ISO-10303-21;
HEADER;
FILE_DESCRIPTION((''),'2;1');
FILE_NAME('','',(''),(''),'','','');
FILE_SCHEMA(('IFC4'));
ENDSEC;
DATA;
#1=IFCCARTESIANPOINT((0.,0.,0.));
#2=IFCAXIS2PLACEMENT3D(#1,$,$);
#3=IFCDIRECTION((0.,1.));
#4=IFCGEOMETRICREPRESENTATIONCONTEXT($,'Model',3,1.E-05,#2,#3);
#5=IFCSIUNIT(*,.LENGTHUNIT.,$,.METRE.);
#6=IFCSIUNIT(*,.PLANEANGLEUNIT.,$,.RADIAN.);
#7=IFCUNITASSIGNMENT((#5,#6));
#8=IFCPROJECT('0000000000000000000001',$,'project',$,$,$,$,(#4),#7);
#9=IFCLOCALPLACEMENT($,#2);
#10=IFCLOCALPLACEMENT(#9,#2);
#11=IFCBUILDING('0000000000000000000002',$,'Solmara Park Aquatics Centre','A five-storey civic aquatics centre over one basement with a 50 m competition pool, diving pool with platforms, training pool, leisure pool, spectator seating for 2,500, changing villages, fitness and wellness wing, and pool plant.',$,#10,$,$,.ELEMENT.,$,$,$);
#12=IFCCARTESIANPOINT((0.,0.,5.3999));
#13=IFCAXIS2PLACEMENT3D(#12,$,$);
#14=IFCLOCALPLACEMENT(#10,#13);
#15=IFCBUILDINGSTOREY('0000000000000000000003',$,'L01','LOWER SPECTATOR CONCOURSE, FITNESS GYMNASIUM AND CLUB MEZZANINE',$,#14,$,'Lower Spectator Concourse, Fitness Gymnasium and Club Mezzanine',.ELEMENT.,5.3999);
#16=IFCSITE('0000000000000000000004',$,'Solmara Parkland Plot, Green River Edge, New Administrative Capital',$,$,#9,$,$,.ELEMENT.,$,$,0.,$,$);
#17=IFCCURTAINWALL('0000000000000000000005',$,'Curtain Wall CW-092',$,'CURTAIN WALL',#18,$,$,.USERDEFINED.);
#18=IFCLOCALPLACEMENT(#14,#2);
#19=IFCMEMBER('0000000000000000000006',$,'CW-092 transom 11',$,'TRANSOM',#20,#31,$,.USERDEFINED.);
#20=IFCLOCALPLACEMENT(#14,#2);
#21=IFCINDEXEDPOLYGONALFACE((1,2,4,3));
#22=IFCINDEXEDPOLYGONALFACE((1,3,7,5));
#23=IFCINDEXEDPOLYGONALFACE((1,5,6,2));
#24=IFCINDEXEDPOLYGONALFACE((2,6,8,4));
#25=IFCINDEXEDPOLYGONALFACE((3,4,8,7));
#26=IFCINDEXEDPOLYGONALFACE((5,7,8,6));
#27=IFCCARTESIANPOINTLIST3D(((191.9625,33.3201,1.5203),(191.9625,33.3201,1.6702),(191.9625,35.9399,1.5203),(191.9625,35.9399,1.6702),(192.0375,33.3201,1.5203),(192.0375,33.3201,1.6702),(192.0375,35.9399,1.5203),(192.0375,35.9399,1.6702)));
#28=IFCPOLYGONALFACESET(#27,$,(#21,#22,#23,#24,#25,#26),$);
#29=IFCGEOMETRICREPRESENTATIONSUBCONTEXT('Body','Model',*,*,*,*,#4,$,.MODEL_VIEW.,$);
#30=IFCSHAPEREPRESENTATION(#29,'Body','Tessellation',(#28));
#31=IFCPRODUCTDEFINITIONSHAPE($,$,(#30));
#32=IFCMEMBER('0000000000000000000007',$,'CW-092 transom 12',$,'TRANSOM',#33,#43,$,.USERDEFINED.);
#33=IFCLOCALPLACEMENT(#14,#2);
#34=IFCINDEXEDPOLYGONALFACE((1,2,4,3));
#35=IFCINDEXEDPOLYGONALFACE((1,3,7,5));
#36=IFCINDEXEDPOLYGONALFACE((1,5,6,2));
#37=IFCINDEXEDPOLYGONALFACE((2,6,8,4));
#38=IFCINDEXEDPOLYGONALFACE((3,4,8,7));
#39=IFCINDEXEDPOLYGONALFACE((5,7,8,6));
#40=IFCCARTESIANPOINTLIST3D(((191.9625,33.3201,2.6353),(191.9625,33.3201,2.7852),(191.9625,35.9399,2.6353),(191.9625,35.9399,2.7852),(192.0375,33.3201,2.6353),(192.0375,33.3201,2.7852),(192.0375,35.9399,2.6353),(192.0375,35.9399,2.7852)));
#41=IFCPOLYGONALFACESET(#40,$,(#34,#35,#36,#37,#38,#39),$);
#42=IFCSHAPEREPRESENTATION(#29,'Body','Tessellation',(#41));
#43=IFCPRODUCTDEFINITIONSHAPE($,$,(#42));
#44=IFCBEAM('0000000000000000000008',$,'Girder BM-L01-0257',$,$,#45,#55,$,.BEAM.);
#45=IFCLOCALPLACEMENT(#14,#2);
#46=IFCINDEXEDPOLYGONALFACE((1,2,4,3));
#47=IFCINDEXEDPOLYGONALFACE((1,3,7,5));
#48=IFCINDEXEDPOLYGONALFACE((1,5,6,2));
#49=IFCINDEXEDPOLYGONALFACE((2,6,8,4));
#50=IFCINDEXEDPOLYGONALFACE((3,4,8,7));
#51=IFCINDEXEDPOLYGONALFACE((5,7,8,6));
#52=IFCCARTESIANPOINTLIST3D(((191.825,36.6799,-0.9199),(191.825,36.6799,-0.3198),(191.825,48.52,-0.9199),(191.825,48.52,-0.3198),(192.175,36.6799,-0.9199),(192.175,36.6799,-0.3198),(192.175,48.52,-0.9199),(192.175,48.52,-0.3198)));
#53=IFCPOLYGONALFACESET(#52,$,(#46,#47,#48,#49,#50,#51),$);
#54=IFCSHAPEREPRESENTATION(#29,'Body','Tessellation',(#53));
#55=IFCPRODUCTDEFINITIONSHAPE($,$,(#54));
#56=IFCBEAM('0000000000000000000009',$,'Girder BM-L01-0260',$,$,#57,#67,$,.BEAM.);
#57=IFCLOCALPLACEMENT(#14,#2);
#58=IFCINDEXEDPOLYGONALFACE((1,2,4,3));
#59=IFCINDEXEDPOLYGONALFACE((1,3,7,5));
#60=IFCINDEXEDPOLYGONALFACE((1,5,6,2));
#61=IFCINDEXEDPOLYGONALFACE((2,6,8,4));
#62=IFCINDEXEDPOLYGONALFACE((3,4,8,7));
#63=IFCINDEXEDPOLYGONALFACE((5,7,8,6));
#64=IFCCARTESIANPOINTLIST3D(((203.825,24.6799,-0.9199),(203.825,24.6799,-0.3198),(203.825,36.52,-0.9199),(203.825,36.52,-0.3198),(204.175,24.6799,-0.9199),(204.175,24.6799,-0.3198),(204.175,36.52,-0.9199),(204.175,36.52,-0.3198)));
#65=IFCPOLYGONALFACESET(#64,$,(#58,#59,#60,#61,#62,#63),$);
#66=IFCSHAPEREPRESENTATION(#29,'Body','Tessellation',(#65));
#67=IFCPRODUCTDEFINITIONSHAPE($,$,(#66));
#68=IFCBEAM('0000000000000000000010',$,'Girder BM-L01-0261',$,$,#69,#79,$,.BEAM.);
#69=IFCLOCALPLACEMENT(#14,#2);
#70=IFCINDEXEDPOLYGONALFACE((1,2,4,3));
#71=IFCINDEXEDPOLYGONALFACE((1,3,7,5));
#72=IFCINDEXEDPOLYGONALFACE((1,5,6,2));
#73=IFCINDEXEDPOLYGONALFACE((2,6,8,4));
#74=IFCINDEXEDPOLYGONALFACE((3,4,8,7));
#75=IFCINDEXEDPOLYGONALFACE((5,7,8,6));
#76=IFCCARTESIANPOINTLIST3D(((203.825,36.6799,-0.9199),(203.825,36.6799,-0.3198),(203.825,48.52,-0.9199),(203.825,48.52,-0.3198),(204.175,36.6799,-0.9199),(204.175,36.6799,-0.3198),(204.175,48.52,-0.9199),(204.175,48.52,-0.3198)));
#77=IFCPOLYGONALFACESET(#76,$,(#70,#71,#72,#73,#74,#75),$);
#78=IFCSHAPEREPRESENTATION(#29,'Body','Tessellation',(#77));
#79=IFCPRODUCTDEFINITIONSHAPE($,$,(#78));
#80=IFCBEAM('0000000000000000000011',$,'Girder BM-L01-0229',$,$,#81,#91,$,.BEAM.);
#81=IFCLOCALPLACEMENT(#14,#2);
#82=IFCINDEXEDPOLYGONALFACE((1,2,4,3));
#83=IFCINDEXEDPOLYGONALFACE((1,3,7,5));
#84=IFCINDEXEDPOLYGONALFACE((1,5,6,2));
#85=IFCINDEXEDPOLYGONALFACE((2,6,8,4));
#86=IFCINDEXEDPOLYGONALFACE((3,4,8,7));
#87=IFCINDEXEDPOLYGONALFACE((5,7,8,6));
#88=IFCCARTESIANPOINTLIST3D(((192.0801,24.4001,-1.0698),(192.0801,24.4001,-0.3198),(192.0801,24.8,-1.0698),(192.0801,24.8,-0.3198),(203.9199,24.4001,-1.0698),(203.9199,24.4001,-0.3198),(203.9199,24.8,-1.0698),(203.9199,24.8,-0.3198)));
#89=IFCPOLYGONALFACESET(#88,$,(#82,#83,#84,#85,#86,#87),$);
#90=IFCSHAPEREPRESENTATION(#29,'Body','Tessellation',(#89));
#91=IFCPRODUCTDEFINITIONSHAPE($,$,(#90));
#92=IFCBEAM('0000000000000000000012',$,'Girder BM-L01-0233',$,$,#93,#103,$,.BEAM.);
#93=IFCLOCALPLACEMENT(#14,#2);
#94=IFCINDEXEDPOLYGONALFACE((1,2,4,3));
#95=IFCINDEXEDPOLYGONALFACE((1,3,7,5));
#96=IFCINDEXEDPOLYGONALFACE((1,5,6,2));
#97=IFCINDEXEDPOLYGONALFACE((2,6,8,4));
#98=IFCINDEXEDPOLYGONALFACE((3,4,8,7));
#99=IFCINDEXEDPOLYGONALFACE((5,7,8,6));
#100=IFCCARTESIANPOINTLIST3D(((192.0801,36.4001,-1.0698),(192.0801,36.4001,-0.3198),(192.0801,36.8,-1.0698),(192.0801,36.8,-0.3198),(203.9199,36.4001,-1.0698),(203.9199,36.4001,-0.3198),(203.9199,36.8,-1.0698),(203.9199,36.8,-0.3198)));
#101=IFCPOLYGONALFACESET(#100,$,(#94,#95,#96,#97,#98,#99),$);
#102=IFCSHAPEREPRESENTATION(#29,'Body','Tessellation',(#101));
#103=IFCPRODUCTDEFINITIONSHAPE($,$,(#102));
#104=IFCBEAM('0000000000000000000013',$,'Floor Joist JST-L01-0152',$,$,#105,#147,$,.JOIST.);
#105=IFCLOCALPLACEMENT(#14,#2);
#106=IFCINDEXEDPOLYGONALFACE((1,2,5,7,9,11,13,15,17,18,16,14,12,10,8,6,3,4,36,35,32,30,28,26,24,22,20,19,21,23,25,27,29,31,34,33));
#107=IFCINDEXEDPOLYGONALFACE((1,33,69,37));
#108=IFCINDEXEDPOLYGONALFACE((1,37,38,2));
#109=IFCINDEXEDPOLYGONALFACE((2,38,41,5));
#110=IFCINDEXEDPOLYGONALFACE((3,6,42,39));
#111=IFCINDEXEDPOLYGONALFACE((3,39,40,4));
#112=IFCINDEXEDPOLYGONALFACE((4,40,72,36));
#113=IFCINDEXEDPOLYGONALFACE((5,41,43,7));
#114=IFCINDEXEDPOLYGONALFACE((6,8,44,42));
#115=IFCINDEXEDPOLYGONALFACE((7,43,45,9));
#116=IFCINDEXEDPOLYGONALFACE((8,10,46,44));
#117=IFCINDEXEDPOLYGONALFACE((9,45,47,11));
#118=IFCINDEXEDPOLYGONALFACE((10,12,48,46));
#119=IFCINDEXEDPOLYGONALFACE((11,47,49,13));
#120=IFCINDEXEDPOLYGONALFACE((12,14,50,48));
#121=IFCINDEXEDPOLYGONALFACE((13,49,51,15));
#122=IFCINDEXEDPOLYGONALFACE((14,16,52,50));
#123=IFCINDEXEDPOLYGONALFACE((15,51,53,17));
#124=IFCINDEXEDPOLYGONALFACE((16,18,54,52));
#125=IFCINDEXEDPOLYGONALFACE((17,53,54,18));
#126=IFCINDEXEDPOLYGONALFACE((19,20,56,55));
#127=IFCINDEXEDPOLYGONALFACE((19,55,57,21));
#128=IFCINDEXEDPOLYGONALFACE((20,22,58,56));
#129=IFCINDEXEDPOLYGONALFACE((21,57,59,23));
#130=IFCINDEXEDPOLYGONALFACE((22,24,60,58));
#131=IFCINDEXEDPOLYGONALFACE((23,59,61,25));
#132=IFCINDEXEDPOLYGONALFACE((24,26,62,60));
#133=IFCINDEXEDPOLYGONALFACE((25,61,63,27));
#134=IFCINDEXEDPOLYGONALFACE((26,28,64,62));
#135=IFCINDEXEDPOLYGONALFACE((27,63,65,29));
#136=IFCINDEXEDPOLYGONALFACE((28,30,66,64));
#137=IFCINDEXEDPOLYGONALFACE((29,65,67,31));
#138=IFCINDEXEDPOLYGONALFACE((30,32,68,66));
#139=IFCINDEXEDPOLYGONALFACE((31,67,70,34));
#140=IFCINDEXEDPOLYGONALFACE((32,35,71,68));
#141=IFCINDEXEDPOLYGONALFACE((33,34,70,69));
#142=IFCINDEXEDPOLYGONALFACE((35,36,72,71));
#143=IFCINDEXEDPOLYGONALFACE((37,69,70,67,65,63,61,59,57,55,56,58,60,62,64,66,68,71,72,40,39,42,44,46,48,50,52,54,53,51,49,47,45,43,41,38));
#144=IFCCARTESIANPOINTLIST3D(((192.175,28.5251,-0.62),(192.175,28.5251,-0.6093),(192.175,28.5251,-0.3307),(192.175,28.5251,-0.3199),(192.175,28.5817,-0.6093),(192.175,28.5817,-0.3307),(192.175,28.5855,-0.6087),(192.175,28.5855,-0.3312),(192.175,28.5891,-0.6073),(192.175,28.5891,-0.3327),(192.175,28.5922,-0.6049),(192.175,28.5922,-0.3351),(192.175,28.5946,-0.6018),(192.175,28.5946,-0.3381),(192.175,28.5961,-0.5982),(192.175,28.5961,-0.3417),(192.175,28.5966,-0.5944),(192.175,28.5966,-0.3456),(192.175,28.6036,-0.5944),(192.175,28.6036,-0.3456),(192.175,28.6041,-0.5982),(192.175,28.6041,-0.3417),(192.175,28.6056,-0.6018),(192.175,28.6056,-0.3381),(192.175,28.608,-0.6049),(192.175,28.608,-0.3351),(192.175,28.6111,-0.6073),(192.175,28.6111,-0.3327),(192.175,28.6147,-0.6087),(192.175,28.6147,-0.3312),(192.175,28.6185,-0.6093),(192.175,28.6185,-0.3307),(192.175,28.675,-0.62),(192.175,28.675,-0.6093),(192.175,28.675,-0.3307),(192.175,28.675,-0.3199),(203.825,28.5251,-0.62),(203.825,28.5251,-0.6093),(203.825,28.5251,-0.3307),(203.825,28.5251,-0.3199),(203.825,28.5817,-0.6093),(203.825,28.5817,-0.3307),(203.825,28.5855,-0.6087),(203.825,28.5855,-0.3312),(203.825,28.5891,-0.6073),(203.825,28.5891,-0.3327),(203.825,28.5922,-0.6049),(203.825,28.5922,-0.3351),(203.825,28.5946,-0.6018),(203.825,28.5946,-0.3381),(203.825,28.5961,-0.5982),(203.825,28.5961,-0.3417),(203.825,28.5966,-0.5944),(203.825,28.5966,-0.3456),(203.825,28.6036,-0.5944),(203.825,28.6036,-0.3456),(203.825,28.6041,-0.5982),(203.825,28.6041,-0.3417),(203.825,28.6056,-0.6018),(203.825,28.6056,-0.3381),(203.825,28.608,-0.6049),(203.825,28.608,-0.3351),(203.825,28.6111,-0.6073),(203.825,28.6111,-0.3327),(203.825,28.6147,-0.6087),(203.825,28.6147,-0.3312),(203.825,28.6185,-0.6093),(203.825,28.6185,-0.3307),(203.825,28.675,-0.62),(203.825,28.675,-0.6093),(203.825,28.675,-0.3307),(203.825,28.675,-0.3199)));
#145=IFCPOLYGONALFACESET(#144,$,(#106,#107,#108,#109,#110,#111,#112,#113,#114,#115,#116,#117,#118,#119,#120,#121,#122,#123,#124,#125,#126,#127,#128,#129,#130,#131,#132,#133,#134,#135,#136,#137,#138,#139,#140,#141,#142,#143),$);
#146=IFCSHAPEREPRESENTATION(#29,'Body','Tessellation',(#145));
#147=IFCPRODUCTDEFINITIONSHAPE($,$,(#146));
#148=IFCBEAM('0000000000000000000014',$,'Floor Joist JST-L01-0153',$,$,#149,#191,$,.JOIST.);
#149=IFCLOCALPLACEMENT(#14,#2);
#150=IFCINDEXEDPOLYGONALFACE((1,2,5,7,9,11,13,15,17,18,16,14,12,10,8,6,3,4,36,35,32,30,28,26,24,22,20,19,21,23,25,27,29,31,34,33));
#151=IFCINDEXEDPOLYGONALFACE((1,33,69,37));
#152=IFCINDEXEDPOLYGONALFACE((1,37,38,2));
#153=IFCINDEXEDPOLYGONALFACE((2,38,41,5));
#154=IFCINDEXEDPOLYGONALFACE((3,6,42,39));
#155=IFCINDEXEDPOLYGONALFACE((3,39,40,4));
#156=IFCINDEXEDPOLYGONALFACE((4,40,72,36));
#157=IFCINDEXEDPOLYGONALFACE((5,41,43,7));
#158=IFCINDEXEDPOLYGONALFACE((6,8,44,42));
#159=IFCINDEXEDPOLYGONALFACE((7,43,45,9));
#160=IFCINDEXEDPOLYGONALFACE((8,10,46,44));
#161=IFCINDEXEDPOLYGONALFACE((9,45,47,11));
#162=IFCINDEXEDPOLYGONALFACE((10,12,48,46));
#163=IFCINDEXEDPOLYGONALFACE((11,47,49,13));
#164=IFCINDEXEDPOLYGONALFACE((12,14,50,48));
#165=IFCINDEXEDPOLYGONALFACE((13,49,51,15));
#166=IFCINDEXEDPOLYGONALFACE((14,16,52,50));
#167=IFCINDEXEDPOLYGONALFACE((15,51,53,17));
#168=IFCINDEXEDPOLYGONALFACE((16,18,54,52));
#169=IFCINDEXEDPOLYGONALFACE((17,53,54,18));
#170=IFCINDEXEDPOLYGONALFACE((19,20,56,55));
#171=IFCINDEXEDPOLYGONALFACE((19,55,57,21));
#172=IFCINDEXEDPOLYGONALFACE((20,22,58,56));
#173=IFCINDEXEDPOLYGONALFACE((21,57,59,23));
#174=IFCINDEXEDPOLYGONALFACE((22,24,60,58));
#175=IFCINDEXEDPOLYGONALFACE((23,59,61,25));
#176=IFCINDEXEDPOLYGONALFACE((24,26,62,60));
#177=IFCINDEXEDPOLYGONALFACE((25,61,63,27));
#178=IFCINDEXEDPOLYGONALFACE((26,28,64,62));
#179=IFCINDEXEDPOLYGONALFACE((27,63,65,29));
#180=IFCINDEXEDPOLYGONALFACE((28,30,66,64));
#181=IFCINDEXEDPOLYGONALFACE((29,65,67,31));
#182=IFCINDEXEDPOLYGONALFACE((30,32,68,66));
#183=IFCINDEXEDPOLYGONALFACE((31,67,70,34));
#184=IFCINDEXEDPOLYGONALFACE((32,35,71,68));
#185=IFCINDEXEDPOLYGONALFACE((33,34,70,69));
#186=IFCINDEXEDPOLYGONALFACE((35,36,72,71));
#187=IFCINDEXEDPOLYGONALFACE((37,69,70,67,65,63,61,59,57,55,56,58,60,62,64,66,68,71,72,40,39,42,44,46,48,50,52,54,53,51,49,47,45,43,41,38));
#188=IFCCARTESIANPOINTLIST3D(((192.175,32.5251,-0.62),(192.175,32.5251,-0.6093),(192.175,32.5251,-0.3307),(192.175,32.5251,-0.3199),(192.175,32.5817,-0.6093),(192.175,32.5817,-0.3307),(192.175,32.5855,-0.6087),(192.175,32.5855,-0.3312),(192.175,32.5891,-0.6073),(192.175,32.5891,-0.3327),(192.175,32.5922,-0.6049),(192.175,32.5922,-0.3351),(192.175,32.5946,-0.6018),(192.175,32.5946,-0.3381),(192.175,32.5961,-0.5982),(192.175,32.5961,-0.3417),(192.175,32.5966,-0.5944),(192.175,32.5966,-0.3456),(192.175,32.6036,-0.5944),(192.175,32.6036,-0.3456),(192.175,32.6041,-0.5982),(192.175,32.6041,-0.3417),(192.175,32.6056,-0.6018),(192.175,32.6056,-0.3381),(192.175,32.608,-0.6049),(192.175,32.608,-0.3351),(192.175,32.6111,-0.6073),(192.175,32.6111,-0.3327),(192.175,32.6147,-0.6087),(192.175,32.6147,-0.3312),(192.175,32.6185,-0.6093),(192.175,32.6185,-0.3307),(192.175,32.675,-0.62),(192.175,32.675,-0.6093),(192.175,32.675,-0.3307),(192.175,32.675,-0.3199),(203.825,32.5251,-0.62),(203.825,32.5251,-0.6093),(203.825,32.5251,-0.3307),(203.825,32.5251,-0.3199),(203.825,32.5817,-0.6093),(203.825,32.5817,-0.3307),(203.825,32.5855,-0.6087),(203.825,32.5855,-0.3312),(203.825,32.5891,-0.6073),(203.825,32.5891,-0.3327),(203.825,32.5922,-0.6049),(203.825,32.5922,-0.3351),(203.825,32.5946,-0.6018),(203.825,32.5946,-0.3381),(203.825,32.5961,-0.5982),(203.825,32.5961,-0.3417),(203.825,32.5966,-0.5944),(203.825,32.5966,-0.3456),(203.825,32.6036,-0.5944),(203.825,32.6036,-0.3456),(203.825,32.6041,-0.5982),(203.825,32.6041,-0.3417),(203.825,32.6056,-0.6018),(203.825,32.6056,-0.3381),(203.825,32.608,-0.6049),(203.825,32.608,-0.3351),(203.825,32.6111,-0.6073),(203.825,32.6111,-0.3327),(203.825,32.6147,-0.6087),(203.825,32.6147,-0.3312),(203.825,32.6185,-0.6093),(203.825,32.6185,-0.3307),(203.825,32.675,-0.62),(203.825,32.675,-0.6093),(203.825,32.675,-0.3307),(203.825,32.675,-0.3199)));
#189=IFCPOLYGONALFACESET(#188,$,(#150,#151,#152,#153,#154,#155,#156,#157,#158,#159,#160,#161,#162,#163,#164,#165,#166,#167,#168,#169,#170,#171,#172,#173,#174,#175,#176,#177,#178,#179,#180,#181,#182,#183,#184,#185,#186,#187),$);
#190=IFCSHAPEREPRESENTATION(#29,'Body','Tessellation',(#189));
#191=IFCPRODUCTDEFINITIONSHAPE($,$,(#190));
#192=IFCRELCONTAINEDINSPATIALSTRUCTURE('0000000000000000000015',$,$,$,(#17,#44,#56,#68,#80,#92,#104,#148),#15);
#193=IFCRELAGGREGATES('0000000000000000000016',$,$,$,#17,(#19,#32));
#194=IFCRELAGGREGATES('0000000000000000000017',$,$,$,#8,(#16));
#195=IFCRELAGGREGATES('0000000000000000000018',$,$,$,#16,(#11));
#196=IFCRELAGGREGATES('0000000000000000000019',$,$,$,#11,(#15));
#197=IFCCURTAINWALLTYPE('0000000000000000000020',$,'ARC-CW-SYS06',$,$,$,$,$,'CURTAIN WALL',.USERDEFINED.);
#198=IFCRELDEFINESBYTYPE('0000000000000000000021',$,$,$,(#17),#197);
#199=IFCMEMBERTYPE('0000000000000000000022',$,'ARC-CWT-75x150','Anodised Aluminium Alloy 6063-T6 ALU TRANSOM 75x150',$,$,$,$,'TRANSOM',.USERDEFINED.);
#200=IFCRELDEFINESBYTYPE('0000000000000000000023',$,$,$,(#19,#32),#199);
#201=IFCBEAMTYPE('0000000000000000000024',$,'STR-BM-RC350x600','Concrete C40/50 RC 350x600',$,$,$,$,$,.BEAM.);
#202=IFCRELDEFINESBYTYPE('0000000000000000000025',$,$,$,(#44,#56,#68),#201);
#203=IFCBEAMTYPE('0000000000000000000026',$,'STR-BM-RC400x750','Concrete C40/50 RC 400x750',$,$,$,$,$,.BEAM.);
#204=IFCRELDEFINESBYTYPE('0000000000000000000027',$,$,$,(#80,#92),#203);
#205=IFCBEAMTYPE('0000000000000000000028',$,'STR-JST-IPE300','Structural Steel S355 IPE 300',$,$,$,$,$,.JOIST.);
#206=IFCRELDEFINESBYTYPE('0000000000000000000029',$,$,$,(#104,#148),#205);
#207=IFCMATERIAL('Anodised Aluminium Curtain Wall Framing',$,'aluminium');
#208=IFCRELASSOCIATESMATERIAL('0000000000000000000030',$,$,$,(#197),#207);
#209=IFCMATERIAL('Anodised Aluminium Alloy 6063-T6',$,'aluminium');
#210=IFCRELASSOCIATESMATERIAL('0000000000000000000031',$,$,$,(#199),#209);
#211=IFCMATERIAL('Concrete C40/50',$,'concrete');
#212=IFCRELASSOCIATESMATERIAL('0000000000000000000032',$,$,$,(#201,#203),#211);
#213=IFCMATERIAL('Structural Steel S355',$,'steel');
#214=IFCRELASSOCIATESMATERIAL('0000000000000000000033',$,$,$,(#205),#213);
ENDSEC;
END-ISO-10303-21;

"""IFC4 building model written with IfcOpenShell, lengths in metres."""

from ifc_helpers import new_model, si_unit, direction, frame, origin, origin_2d, place, context, subcontext, project, spatial, rectangle, i_section, extrude, material, material_profile, profile_set, type_object, element, aggregate, save


model = new_model("IFC4")

# Units and contexts
model_context = context("Model", 3, precision=1e-05, world=origin(), true_north=direction((0.0, 1.0)))
body_context = subcontext(model_context, "Body", "Model", "MODEL_VIEW")
ifc_project = project(units=[si_unit("LENGTHUNIT", "METRE"), si_unit("PLANEANGLEUNIT", "RADIAN")], contexts=[model_context])

# Site, building, storey
site_placement = place(None, origin())
site = spatial("IfcSite", under=ifc_project, at=site_placement, Name="Solmara Parkland Plot, Green River Edge, New Administrative Capital", CompositionType="ELEMENT", RefElevation=0.0)
building_placement = place(site_placement, origin())
building = spatial("IfcBuilding", under=site, at=building_placement, Name="Solmara Park Aquatics Centre", Description="A five-storey civic aquatics centre over one basement with a 50 m competition pool, diving pool with platforms, training pool, leisure pool, spectator seating for 2,500, changing villages, fitness and wellness wing, and pool plant.", CompositionType="ELEMENT")
storey_placement = place(building_placement, frame((0.0, 0.0, 5.3999)))
storey = spatial("IfcBuildingStorey", under=building, at=storey_placement, Name="L01", Description="LOWER SPECTATOR CONCOURSE, FITNESS GYMNASIUM AND CLUB MEZZANINE", LongName="Lower Spectator Concourse, Fitness Gymnasium and Club Mezzanine", CompositionType="ELEMENT", Elevation=5.3999)

# Shared definitions
ifc_material_1 = material(Name="Concrete C40/50", Category="concrete")

# Curtain wall, members
ifc_material_2 = material(Name="Anodised Aluminium Curtain Wall Framing", Category="aluminium")
curtain_wall_type = type_object("IfcCurtainWallType", Name="ARC-CW-SYS06", ElementType="CURTAIN WALL", PredefinedType="USERDEFINED", material=ifc_material_2)
curtain_wall_placement = place(storey_placement, origin())
curtain_wall = element("IfcCurtainWall", 1, at=curtain_wall_placement, inside=storey, type_object=curtain_wall_type, Name="Curtain Wall CW-092", ObjectType="CURTAIN WALL", PredefinedType="USERDEFINED")
ifc_material_3 = material(Name="Anodised Aluminium Alloy 6063-T6", Category="aluminium")
ifc_material_profile_1 = material_profile(ifc_material_3, rectangle(XDim=0.075, YDim=0.1499, at=origin_2d()), Name="ALU TRANSOM 75x150")
ifc_profile_set_1 = profile_set([ifc_material_profile_1], Name="Anodised Aluminium Alloy 6063-T6")
member_type_1 = type_object("IfcMemberType", Name="ARC-CWT-75x150", Description="Anodised Aluminium Alloy 6063-T6 ALU TRANSOM 75x150", ElementType="TRANSOM", PredefinedType="USERDEFINED", material=ifc_profile_set_1)
member_1_placement = place(storey_placement, frame((192.0, 33.3201, 1.5952), z_axis=(0.0, 1.0, 0.0), x_axis=(-1.0, 0.0, 0.0)))
member_1 = element("IfcMember", 2, at=member_1_placement, type_object=member_type_1, Name="CW-092 transom 11", ObjectType="TRANSOM", PredefinedType="USERDEFINED", context=body_context, shape_type="SweptSolid", body=[
    extrude(rectangle(XDim=0.075, YDim=0.1499, at=origin_2d()), origin(), (0.0, 0.0, 1.0), 2.6199),
])
member_2_placement = place(storey_placement, frame((192.0, 33.3201, 2.7102), z_axis=(0.0, 1.0, 0.0), x_axis=(-1.0, 0.0, 0.0)))
member_2 = element("IfcMember", 3, at=member_2_placement, type_object=member_type_1, Name="CW-092 transom 12", ObjectType="TRANSOM", PredefinedType="USERDEFINED", context=body_context, shape_type="SweptSolid", body=[
    extrude(rectangle(XDim=0.075, YDim=0.1499, at=origin_2d()), origin(), (0.0, 0.0, 1.0), 2.6199),
])

# Beams
ifc_material_profile_2 = material_profile(ifc_material_1, rectangle(XDim=0.3501, YDim=0.6001, at=origin_2d()), Name="RC 350x600")
ifc_profile_set_2 = profile_set([ifc_material_profile_2], Name="Concrete C40/50")
beam_type_1 = type_object("IfcBeamType", Name="STR-BM-RC350x600", Description="Concrete C40/50 RC 350x600", PredefinedType="BEAM", material=ifc_profile_set_2)
for number, where, z_axis, x_axis, name in (
    (4, (192.0, 36.6799, -0.6199), (0.0, 1.0, 0.0), (-1.0, 0.0, 0.0), "Girder BM-L01-0257"),
    (5, (204.0, 24.6799, -0.6199), (0.0, 1.0, 0.0), (-1.0, 0.0, 0.0), "Girder BM-L01-0260"),
    (6, (204.0, 36.6799, -0.6199), (0.0, 1.0, 0.0), (-1.0, 0.0, 0.0), "Girder BM-L01-0261"),
):
    element("IfcBeam", number, at=place(storey_placement, frame(where, z_axis=z_axis, x_axis=x_axis)), inside=storey, type_object=beam_type_1, Name=name, PredefinedType="BEAM", context=body_context, shape_type="SweptSolid", body=[
        extrude(rectangle(XDim=0.3501, YDim=0.6001, at=origin_2d()), origin(), (0.0, 0.0, 1.0), 11.8401),
    ])
ifc_material_profile_3 = material_profile(ifc_material_1, rectangle(XDim=0.3999, YDim=0.75, at=origin_2d()), Name="RC 400x750")
ifc_profile_set_3 = profile_set([ifc_material_profile_3], Name="Concrete C40/50")
beam_type_2 = type_object("IfcBeamType", Name="STR-BM-RC400x750", Description="Concrete C40/50 RC 400x750", PredefinedType="BEAM", material=ifc_profile_set_3)
for number, where, z_axis, x_axis, name in (
    (7, (192.0801, 24.6001, -0.6948), (1.0, 0.0, 0.0), (0.0, 1.0, 0.0), "Girder BM-L01-0229"),
    (8, (192.0801, 36.6001, -0.6948), (1.0, 0.0, 0.0), (0.0, 1.0, 0.0), "Girder BM-L01-0233"),
):
    element("IfcBeam", number, at=place(storey_placement, frame(where, z_axis=z_axis, x_axis=x_axis)), inside=storey, type_object=beam_type_2, Name=name, PredefinedType="BEAM", context=body_context, shape_type="SweptSolid", body=[
        extrude(rectangle(XDim=0.3999, YDim=0.75, at=origin_2d()), origin(), (0.0, 0.0, 1.0), 11.8398),
    ])
ifc_material_4 = material(Name="Structural Steel S355", Category="steel")
ifc_material_profile_4 = material_profile(ifc_material_4, i_section(OverallWidth=0.1499, OverallDepth=0.3, WebThickness=0.0071, FlangeThickness=0.0107, FilletRadius=0.0149, at=origin_2d()), Name="IPE 300")
ifc_profile_set_4 = profile_set([ifc_material_profile_4], Name="Structural Steel S355")
beam_type_3 = type_object("IfcBeamType", Name="STR-JST-IPE300", Description="Structural Steel S355 IPE 300", PredefinedType="JOIST", material=ifc_profile_set_4)
for number, where, z_axis, x_axis, name in (
    (9, (192.175, 28.6001, -0.47), (1.0, 0.0, 0.0), (0.0, 1.0, 0.0), "Floor Joist JST-L01-0152"),
    (10, (192.175, 32.6001, -0.47), (1.0, 0.0, 0.0), (0.0, 1.0, 0.0), "Floor Joist JST-L01-0153"),
):
    element("IfcBeam", number, at=place(storey_placement, frame(where, z_axis=z_axis, x_axis=x_axis)), inside=storey, type_object=beam_type_3, Name=name, PredefinedType="JOIST", context=body_context, shape_type="SweptSolid", body=[
        extrude(i_section(OverallWidth=0.1499, OverallDepth=0.3, WebThickness=0.0071, FlangeThickness=0.0107, FilletRadius=0.0149, at=origin_2d()), origin(), (0.0, 0.0, 1.0), 11.6499),
    ])

aggregate(curtain_wall, [member_1, member_2])

save(model, "model.ifc")
